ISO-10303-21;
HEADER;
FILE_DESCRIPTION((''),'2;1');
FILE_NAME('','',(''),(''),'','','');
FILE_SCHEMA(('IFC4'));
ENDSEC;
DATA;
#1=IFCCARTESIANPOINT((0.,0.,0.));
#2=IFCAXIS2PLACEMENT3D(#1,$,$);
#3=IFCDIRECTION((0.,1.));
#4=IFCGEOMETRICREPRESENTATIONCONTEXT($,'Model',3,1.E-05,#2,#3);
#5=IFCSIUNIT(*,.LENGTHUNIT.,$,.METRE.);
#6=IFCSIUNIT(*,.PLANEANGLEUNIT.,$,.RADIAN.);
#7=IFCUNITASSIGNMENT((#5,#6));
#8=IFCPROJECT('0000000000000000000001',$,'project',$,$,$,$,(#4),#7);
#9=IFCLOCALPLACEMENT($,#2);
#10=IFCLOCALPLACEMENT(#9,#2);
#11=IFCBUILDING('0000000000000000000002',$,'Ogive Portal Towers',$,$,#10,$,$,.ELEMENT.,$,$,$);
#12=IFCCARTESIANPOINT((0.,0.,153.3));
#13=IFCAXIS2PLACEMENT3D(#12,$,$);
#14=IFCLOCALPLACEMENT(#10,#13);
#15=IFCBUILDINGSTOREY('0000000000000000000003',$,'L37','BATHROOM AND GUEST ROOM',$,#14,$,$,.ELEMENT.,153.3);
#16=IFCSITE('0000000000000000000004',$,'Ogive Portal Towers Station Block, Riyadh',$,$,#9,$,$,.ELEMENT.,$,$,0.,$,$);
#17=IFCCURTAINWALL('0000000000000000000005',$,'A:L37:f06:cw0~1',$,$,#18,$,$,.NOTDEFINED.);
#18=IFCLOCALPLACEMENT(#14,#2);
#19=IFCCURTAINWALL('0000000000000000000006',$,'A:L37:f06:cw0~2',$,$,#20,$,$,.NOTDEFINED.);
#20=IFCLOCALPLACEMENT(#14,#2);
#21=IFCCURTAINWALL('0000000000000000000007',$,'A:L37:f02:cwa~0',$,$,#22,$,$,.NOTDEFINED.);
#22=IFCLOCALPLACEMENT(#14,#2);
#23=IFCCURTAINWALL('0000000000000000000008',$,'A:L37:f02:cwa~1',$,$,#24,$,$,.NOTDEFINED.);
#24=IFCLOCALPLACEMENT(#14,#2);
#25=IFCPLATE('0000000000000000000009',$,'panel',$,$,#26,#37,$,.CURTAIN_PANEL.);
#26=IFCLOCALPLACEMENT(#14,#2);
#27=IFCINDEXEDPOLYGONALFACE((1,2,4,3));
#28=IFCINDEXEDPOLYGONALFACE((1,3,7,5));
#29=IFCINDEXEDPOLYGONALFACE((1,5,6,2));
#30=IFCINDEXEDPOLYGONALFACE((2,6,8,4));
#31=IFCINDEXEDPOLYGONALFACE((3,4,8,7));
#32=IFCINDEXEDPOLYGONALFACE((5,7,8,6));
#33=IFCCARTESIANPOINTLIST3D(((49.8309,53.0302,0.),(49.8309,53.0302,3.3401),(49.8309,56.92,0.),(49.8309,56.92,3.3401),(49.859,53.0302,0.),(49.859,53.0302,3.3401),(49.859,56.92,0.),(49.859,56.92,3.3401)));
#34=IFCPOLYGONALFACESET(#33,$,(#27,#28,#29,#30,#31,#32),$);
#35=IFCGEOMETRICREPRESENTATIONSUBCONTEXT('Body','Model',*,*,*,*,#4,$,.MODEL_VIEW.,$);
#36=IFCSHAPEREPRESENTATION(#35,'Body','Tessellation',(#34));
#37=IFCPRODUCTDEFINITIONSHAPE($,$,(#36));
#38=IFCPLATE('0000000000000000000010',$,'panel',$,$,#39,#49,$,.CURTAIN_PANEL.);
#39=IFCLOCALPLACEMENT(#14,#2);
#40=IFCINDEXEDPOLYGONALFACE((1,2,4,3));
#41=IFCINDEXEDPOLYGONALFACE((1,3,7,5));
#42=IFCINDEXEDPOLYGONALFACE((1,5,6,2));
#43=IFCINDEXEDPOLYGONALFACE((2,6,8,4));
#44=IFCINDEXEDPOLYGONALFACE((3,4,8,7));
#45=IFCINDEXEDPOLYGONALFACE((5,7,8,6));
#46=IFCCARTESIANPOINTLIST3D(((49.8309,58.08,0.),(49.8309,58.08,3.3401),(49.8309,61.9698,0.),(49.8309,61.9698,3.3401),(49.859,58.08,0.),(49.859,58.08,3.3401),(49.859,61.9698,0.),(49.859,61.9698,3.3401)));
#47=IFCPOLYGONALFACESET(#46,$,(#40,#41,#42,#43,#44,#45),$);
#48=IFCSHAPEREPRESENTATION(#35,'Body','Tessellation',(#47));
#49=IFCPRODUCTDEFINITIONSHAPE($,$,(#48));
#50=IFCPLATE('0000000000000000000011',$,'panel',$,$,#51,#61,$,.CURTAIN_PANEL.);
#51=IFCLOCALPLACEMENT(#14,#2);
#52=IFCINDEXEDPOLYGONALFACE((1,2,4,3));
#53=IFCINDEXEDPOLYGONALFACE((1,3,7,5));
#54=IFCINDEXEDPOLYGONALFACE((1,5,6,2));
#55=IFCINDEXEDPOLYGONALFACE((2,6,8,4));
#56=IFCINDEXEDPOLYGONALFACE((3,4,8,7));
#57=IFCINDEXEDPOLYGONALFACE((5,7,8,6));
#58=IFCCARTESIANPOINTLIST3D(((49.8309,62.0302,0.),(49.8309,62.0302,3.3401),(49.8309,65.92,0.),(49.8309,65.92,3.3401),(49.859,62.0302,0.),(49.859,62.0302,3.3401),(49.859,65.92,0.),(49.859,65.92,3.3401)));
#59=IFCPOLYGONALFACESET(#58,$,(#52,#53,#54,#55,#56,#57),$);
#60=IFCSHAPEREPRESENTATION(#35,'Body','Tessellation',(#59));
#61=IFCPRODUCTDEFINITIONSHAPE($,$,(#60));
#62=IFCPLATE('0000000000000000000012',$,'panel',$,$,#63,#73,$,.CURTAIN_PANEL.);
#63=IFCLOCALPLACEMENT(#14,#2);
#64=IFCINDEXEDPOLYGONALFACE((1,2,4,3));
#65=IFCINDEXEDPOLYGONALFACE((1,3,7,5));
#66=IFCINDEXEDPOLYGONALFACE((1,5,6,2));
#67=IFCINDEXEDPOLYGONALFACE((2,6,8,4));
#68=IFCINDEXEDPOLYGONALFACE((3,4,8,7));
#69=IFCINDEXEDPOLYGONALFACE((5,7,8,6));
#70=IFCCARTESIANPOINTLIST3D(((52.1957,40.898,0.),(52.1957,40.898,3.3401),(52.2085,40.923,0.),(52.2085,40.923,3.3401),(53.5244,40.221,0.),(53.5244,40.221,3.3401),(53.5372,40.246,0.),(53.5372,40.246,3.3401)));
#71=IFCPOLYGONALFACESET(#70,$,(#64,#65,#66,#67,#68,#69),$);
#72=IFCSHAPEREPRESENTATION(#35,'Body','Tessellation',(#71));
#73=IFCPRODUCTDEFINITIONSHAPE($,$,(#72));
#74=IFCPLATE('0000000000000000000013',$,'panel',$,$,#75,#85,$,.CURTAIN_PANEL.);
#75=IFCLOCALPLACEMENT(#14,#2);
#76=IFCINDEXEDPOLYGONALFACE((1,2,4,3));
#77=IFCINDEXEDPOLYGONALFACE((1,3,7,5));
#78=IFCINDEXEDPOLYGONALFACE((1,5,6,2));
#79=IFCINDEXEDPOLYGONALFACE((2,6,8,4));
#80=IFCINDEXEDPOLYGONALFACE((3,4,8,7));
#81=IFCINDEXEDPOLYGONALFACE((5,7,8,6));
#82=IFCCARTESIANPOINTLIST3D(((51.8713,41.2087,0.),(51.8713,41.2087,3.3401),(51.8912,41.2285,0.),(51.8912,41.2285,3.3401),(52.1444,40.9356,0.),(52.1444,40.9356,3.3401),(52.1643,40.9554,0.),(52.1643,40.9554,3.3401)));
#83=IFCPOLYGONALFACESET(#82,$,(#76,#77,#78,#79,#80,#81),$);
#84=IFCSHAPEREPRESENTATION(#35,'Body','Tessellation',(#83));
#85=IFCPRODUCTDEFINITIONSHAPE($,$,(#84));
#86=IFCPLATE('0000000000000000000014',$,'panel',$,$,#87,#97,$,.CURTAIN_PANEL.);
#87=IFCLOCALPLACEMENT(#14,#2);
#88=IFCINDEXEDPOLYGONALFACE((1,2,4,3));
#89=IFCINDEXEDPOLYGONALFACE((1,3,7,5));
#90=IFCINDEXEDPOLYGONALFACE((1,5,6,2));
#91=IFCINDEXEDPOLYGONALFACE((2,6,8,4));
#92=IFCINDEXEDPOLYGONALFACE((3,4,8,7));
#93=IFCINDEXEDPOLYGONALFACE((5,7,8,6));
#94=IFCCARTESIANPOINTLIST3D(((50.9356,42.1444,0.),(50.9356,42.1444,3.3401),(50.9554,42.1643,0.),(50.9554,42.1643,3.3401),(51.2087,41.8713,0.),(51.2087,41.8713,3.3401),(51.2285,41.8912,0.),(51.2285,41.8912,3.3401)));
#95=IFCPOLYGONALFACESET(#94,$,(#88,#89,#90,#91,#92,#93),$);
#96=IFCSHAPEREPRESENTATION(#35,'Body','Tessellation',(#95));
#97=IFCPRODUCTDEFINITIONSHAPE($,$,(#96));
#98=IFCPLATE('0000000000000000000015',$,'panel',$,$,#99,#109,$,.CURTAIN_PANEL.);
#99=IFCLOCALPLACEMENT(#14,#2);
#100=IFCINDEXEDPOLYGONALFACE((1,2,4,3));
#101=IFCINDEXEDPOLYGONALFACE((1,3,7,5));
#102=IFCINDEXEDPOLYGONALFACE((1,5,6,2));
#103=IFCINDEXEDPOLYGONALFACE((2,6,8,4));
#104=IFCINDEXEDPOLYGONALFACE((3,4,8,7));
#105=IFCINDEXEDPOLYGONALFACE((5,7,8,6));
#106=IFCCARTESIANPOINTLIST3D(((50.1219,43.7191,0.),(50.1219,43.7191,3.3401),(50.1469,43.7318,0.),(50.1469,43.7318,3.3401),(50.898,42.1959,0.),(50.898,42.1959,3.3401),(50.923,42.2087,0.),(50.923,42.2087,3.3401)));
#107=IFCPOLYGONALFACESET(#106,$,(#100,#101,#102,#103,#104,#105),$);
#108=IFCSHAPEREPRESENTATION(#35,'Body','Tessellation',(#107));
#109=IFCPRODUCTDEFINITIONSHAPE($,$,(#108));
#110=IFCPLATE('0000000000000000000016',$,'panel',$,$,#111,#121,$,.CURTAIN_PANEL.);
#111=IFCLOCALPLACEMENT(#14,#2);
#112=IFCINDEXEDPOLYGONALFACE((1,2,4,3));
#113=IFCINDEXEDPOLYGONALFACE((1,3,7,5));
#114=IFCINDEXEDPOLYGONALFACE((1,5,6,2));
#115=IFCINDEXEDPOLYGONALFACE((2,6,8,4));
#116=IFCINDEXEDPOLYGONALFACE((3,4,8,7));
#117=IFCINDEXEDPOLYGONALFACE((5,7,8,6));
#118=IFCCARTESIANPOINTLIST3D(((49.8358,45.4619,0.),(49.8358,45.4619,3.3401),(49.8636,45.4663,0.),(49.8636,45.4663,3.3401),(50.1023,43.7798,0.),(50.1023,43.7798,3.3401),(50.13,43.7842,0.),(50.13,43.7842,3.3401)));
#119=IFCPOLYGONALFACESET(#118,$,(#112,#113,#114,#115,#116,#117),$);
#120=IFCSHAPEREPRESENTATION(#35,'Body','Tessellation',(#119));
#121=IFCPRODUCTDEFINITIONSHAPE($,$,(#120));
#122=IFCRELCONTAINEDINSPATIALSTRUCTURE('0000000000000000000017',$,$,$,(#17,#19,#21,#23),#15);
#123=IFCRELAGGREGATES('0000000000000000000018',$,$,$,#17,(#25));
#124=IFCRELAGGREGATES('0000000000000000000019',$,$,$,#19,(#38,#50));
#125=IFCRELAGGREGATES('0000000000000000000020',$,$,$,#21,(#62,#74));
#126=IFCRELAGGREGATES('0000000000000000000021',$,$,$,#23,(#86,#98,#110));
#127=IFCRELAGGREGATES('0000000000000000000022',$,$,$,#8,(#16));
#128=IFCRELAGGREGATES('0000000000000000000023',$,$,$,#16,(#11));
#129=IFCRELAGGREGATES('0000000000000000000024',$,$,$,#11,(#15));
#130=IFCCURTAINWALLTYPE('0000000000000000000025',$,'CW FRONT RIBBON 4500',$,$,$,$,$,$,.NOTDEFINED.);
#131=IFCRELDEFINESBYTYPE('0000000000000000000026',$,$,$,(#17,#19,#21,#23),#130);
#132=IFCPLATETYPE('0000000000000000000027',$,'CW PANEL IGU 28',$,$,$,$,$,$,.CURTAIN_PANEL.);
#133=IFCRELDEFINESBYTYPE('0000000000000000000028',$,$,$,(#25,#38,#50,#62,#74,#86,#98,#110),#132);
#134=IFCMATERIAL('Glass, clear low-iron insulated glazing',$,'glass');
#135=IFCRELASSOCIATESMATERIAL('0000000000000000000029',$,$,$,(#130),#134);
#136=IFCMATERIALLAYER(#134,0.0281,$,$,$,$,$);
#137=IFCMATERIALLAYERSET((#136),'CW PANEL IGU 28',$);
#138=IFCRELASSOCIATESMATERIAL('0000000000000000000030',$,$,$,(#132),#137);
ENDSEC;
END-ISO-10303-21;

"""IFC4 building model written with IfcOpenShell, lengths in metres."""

from ifc_helpers import new_model, si_unit, direction, frame, origin, origin_2d, place, context, subcontext, project, spatial, rectangle, extrude, material, layer, layer_set, type_object, element, aggregate, save


model = new_model("IFC4")

# Units and contexts
model_context = context("Model", 3, precision=1e-05, world=origin(), true_north=direction((0.0, 1.0)))
body_context = subcontext(model_context, "Body", "Model", "MODEL_VIEW")
ifc_project = project(units=[si_unit("LENGTHUNIT", "METRE"), si_unit("PLANEANGLEUNIT", "RADIAN")], contexts=[model_context])

# Site, building, storey
site_placement = place(None, origin())
site = spatial("IfcSite", under=ifc_project, at=site_placement, Name="Ogive Portal Towers Station Block, Riyadh", CompositionType="ELEMENT", RefElevation=0.0)
building_placement = place(site_placement, origin())
building = spatial("IfcBuilding", under=site, at=building_placement, Name="Ogive Portal Towers", CompositionType="ELEMENT")
storey_placement = place(building_placement, frame((0.0, 0.0, 153.3)))
storey = spatial("IfcBuildingStorey", under=building, at=storey_placement, Name="L37", Description="BATHROOM AND GUEST ROOM", CompositionType="ELEMENT", Elevation=153.3)

# Curtain walls
ifc_material_1 = material(Name="Glass, clear low-iron insulated glazing", Category="glass")
curtain_wall_type = type_object("IfcCurtainWallType", Name="CW FRONT RIBBON 4500", PredefinedType="NOTDEFINED", material=ifc_material_1)
curtain_wall_1_placement = place(storey_placement, origin())
curtain_wall_1 = element("IfcCurtainWall", 1, at=curtain_wall_1_placement, inside=storey, type_object=curtain_wall_type, Name="A:L37:f06:cw0~1", PredefinedType="NOTDEFINED")
curtain_wall_2_placement = place(storey_placement, origin())
curtain_wall_2 = element("IfcCurtainWall", 2, at=curtain_wall_2_placement, inside=storey, type_object=curtain_wall_type, Name="A:L37:f06:cw0~2", PredefinedType="NOTDEFINED")
curtain_wall_3_placement = place(storey_placement, origin())
curtain_wall_3 = element("IfcCurtainWall", 3, at=curtain_wall_3_placement, inside=storey, type_object=curtain_wall_type, Name="A:L37:f02:cwa~0", PredefinedType="NOTDEFINED")
curtain_wall_4_placement = place(storey_placement, origin())
curtain_wall_4 = element("IfcCurtainWall", 4, at=curtain_wall_4_placement, inside=storey, type_object=curtain_wall_type, Name="A:L37:f02:cwa~1", PredefinedType="NOTDEFINED")

# Plates
ifc_layer = layer(ifc_material_1, 0.0281)
ifc_layer_set = layer_set([ifc_layer], Name="CW PANEL IGU 28")
plate_type = type_object("IfcPlateType", Name="CW PANEL IGU 28", PredefinedType="CURTAIN_PANEL", material=ifc_layer_set)
plate_1_placement = place(storey_placement, frame((49.845, 54.9751, 0.0), z_axis=(0.0, 0.0, 1.0), x_axis=(0.0, 1.0, 0.0)))
plate_1 = element("IfcPlate", 5, at=plate_1_placement, type_object=plate_type, Name="panel", PredefinedType="CURTAIN_PANEL", context=body_context, shape_type="SweptSolid", body=[
    extrude(rectangle(XDim=3.8899, YDim=0.0281, at=origin_2d()), origin(), (0.0, 0.0, 1.0), 3.3401),
])
aggregate(curtain_wall_1, [plate_1])
plate_2_placement = place(storey_placement, frame((49.845, 60.0249, 0.0), z_axis=(0.0, 0.0, 1.0), x_axis=(0.0, 1.0, 0.0)))
plate_2 = element("IfcPlate", 6, at=plate_2_placement, type_object=plate_type, Name="panel", PredefinedType="CURTAIN_PANEL", context=body_context, shape_type="SweptSolid", body=[
    extrude(rectangle(XDim=3.8899, YDim=0.0281, at=origin_2d()), origin(), (0.0, 0.0, 1.0), 3.3401),
])
plate_3_placement = place(storey_placement, frame((49.845, 63.9751, 0.0), z_axis=(0.0, 0.0, 1.0), x_axis=(0.0, 1.0, 0.0)))
plate_3 = element("IfcPlate", 7, at=plate_3_placement, type_object=plate_type, Name="panel", PredefinedType="CURTAIN_PANEL", context=body_context, shape_type="SweptSolid", body=[
    extrude(rectangle(XDim=3.8899, YDim=0.0281, at=origin_2d()), origin(), (0.0, 0.0, 1.0), 3.3401),
])
aggregate(curtain_wall_2, [plate_2, plate_3])
plate_4_placement = place(storey_placement, frame((52.8665, 40.572, 0.0), z_axis=(0.0, 0.0, 1.0), x_axis=(-0.891007, 0.45399, 0.0)))
plate_4 = element("IfcPlate", 8, at=plate_4_placement, type_object=plate_type, Name="panel", PredefinedType="CURTAIN_PANEL", context=body_context, shape_type="SweptSolid", body=[
    extrude(rectangle(XDim=1.4912, YDim=0.0281, at=origin_2d()), origin(), (0.0, 0.0, 1.0), 3.3401),
])
plate_5_placement = place(storey_placement, frame((52.0178, 41.082, 0.0), z_axis=(0.0, 0.0, 1.0), x_axis=(-0.707107, 0.707107, 0.0)))
plate_5 = element("IfcPlate", 9, at=plate_5_placement, type_object=plate_type, Name="panel", PredefinedType="CURTAIN_PANEL", context=body_context, shape_type="SweptSolid", body=[
    extrude(rectangle(XDim=0.3862, YDim=0.0281, at=origin_2d()), origin(), (0.0, 0.0, 1.0), 3.3401),
])
aggregate(curtain_wall_3, [plate_4, plate_5])
plate_6_placement = place(storey_placement, frame((51.082, 42.0178, 0.0), z_axis=(0.0, 0.0, 1.0), x_axis=(-0.707107, 0.707107, 0.0)))
plate_6 = element("IfcPlate", 10, at=plate_6_placement, type_object=plate_type, Name="panel", PredefinedType="CURTAIN_PANEL", context=body_context, shape_type="SweptSolid", body=[
    extrude(rectangle(XDim=0.3862, YDim=0.0281, at=origin_2d()), origin(), (0.0, 0.0, 1.0), 3.3401),
])
plate_7_placement = place(storey_placement, frame((50.5225, 42.9639, 0.0), z_axis=(0.0, 0.0, 1.0), x_axis=(-0.45399, 0.891007, 0.0)))
plate_7 = element("IfcPlate", 11, at=plate_7_placement, type_object=plate_type, Name="panel", PredefinedType="CURTAIN_PANEL", context=body_context, shape_type="SweptSolid", body=[
    extrude(rectangle(XDim=1.7095, YDim=0.0281, at=origin_2d()), origin(), (0.0, 0.0, 1.0), 3.3401),
])
plate_8_placement = place(storey_placement, frame((49.9829, 44.623, 0.0), z_axis=(0.0, 0.0, 1.0), x_axis=(-0.156434, 0.987688, 0.0)))
plate_8 = element("IfcPlate", 12, at=plate_8_placement, type_object=plate_type, Name="panel", PredefinedType="CURTAIN_PANEL", context=body_context, shape_type="SweptSolid", body=[
    extrude(rectangle(XDim=1.7031, YDim=0.0281, at=origin_2d()), origin(), (0.0, 0.0, 1.0), 3.3401),
])
aggregate(curtain_wall_4, [plate_6, plate_7, plate_8])

save(model, "model.ifc")
